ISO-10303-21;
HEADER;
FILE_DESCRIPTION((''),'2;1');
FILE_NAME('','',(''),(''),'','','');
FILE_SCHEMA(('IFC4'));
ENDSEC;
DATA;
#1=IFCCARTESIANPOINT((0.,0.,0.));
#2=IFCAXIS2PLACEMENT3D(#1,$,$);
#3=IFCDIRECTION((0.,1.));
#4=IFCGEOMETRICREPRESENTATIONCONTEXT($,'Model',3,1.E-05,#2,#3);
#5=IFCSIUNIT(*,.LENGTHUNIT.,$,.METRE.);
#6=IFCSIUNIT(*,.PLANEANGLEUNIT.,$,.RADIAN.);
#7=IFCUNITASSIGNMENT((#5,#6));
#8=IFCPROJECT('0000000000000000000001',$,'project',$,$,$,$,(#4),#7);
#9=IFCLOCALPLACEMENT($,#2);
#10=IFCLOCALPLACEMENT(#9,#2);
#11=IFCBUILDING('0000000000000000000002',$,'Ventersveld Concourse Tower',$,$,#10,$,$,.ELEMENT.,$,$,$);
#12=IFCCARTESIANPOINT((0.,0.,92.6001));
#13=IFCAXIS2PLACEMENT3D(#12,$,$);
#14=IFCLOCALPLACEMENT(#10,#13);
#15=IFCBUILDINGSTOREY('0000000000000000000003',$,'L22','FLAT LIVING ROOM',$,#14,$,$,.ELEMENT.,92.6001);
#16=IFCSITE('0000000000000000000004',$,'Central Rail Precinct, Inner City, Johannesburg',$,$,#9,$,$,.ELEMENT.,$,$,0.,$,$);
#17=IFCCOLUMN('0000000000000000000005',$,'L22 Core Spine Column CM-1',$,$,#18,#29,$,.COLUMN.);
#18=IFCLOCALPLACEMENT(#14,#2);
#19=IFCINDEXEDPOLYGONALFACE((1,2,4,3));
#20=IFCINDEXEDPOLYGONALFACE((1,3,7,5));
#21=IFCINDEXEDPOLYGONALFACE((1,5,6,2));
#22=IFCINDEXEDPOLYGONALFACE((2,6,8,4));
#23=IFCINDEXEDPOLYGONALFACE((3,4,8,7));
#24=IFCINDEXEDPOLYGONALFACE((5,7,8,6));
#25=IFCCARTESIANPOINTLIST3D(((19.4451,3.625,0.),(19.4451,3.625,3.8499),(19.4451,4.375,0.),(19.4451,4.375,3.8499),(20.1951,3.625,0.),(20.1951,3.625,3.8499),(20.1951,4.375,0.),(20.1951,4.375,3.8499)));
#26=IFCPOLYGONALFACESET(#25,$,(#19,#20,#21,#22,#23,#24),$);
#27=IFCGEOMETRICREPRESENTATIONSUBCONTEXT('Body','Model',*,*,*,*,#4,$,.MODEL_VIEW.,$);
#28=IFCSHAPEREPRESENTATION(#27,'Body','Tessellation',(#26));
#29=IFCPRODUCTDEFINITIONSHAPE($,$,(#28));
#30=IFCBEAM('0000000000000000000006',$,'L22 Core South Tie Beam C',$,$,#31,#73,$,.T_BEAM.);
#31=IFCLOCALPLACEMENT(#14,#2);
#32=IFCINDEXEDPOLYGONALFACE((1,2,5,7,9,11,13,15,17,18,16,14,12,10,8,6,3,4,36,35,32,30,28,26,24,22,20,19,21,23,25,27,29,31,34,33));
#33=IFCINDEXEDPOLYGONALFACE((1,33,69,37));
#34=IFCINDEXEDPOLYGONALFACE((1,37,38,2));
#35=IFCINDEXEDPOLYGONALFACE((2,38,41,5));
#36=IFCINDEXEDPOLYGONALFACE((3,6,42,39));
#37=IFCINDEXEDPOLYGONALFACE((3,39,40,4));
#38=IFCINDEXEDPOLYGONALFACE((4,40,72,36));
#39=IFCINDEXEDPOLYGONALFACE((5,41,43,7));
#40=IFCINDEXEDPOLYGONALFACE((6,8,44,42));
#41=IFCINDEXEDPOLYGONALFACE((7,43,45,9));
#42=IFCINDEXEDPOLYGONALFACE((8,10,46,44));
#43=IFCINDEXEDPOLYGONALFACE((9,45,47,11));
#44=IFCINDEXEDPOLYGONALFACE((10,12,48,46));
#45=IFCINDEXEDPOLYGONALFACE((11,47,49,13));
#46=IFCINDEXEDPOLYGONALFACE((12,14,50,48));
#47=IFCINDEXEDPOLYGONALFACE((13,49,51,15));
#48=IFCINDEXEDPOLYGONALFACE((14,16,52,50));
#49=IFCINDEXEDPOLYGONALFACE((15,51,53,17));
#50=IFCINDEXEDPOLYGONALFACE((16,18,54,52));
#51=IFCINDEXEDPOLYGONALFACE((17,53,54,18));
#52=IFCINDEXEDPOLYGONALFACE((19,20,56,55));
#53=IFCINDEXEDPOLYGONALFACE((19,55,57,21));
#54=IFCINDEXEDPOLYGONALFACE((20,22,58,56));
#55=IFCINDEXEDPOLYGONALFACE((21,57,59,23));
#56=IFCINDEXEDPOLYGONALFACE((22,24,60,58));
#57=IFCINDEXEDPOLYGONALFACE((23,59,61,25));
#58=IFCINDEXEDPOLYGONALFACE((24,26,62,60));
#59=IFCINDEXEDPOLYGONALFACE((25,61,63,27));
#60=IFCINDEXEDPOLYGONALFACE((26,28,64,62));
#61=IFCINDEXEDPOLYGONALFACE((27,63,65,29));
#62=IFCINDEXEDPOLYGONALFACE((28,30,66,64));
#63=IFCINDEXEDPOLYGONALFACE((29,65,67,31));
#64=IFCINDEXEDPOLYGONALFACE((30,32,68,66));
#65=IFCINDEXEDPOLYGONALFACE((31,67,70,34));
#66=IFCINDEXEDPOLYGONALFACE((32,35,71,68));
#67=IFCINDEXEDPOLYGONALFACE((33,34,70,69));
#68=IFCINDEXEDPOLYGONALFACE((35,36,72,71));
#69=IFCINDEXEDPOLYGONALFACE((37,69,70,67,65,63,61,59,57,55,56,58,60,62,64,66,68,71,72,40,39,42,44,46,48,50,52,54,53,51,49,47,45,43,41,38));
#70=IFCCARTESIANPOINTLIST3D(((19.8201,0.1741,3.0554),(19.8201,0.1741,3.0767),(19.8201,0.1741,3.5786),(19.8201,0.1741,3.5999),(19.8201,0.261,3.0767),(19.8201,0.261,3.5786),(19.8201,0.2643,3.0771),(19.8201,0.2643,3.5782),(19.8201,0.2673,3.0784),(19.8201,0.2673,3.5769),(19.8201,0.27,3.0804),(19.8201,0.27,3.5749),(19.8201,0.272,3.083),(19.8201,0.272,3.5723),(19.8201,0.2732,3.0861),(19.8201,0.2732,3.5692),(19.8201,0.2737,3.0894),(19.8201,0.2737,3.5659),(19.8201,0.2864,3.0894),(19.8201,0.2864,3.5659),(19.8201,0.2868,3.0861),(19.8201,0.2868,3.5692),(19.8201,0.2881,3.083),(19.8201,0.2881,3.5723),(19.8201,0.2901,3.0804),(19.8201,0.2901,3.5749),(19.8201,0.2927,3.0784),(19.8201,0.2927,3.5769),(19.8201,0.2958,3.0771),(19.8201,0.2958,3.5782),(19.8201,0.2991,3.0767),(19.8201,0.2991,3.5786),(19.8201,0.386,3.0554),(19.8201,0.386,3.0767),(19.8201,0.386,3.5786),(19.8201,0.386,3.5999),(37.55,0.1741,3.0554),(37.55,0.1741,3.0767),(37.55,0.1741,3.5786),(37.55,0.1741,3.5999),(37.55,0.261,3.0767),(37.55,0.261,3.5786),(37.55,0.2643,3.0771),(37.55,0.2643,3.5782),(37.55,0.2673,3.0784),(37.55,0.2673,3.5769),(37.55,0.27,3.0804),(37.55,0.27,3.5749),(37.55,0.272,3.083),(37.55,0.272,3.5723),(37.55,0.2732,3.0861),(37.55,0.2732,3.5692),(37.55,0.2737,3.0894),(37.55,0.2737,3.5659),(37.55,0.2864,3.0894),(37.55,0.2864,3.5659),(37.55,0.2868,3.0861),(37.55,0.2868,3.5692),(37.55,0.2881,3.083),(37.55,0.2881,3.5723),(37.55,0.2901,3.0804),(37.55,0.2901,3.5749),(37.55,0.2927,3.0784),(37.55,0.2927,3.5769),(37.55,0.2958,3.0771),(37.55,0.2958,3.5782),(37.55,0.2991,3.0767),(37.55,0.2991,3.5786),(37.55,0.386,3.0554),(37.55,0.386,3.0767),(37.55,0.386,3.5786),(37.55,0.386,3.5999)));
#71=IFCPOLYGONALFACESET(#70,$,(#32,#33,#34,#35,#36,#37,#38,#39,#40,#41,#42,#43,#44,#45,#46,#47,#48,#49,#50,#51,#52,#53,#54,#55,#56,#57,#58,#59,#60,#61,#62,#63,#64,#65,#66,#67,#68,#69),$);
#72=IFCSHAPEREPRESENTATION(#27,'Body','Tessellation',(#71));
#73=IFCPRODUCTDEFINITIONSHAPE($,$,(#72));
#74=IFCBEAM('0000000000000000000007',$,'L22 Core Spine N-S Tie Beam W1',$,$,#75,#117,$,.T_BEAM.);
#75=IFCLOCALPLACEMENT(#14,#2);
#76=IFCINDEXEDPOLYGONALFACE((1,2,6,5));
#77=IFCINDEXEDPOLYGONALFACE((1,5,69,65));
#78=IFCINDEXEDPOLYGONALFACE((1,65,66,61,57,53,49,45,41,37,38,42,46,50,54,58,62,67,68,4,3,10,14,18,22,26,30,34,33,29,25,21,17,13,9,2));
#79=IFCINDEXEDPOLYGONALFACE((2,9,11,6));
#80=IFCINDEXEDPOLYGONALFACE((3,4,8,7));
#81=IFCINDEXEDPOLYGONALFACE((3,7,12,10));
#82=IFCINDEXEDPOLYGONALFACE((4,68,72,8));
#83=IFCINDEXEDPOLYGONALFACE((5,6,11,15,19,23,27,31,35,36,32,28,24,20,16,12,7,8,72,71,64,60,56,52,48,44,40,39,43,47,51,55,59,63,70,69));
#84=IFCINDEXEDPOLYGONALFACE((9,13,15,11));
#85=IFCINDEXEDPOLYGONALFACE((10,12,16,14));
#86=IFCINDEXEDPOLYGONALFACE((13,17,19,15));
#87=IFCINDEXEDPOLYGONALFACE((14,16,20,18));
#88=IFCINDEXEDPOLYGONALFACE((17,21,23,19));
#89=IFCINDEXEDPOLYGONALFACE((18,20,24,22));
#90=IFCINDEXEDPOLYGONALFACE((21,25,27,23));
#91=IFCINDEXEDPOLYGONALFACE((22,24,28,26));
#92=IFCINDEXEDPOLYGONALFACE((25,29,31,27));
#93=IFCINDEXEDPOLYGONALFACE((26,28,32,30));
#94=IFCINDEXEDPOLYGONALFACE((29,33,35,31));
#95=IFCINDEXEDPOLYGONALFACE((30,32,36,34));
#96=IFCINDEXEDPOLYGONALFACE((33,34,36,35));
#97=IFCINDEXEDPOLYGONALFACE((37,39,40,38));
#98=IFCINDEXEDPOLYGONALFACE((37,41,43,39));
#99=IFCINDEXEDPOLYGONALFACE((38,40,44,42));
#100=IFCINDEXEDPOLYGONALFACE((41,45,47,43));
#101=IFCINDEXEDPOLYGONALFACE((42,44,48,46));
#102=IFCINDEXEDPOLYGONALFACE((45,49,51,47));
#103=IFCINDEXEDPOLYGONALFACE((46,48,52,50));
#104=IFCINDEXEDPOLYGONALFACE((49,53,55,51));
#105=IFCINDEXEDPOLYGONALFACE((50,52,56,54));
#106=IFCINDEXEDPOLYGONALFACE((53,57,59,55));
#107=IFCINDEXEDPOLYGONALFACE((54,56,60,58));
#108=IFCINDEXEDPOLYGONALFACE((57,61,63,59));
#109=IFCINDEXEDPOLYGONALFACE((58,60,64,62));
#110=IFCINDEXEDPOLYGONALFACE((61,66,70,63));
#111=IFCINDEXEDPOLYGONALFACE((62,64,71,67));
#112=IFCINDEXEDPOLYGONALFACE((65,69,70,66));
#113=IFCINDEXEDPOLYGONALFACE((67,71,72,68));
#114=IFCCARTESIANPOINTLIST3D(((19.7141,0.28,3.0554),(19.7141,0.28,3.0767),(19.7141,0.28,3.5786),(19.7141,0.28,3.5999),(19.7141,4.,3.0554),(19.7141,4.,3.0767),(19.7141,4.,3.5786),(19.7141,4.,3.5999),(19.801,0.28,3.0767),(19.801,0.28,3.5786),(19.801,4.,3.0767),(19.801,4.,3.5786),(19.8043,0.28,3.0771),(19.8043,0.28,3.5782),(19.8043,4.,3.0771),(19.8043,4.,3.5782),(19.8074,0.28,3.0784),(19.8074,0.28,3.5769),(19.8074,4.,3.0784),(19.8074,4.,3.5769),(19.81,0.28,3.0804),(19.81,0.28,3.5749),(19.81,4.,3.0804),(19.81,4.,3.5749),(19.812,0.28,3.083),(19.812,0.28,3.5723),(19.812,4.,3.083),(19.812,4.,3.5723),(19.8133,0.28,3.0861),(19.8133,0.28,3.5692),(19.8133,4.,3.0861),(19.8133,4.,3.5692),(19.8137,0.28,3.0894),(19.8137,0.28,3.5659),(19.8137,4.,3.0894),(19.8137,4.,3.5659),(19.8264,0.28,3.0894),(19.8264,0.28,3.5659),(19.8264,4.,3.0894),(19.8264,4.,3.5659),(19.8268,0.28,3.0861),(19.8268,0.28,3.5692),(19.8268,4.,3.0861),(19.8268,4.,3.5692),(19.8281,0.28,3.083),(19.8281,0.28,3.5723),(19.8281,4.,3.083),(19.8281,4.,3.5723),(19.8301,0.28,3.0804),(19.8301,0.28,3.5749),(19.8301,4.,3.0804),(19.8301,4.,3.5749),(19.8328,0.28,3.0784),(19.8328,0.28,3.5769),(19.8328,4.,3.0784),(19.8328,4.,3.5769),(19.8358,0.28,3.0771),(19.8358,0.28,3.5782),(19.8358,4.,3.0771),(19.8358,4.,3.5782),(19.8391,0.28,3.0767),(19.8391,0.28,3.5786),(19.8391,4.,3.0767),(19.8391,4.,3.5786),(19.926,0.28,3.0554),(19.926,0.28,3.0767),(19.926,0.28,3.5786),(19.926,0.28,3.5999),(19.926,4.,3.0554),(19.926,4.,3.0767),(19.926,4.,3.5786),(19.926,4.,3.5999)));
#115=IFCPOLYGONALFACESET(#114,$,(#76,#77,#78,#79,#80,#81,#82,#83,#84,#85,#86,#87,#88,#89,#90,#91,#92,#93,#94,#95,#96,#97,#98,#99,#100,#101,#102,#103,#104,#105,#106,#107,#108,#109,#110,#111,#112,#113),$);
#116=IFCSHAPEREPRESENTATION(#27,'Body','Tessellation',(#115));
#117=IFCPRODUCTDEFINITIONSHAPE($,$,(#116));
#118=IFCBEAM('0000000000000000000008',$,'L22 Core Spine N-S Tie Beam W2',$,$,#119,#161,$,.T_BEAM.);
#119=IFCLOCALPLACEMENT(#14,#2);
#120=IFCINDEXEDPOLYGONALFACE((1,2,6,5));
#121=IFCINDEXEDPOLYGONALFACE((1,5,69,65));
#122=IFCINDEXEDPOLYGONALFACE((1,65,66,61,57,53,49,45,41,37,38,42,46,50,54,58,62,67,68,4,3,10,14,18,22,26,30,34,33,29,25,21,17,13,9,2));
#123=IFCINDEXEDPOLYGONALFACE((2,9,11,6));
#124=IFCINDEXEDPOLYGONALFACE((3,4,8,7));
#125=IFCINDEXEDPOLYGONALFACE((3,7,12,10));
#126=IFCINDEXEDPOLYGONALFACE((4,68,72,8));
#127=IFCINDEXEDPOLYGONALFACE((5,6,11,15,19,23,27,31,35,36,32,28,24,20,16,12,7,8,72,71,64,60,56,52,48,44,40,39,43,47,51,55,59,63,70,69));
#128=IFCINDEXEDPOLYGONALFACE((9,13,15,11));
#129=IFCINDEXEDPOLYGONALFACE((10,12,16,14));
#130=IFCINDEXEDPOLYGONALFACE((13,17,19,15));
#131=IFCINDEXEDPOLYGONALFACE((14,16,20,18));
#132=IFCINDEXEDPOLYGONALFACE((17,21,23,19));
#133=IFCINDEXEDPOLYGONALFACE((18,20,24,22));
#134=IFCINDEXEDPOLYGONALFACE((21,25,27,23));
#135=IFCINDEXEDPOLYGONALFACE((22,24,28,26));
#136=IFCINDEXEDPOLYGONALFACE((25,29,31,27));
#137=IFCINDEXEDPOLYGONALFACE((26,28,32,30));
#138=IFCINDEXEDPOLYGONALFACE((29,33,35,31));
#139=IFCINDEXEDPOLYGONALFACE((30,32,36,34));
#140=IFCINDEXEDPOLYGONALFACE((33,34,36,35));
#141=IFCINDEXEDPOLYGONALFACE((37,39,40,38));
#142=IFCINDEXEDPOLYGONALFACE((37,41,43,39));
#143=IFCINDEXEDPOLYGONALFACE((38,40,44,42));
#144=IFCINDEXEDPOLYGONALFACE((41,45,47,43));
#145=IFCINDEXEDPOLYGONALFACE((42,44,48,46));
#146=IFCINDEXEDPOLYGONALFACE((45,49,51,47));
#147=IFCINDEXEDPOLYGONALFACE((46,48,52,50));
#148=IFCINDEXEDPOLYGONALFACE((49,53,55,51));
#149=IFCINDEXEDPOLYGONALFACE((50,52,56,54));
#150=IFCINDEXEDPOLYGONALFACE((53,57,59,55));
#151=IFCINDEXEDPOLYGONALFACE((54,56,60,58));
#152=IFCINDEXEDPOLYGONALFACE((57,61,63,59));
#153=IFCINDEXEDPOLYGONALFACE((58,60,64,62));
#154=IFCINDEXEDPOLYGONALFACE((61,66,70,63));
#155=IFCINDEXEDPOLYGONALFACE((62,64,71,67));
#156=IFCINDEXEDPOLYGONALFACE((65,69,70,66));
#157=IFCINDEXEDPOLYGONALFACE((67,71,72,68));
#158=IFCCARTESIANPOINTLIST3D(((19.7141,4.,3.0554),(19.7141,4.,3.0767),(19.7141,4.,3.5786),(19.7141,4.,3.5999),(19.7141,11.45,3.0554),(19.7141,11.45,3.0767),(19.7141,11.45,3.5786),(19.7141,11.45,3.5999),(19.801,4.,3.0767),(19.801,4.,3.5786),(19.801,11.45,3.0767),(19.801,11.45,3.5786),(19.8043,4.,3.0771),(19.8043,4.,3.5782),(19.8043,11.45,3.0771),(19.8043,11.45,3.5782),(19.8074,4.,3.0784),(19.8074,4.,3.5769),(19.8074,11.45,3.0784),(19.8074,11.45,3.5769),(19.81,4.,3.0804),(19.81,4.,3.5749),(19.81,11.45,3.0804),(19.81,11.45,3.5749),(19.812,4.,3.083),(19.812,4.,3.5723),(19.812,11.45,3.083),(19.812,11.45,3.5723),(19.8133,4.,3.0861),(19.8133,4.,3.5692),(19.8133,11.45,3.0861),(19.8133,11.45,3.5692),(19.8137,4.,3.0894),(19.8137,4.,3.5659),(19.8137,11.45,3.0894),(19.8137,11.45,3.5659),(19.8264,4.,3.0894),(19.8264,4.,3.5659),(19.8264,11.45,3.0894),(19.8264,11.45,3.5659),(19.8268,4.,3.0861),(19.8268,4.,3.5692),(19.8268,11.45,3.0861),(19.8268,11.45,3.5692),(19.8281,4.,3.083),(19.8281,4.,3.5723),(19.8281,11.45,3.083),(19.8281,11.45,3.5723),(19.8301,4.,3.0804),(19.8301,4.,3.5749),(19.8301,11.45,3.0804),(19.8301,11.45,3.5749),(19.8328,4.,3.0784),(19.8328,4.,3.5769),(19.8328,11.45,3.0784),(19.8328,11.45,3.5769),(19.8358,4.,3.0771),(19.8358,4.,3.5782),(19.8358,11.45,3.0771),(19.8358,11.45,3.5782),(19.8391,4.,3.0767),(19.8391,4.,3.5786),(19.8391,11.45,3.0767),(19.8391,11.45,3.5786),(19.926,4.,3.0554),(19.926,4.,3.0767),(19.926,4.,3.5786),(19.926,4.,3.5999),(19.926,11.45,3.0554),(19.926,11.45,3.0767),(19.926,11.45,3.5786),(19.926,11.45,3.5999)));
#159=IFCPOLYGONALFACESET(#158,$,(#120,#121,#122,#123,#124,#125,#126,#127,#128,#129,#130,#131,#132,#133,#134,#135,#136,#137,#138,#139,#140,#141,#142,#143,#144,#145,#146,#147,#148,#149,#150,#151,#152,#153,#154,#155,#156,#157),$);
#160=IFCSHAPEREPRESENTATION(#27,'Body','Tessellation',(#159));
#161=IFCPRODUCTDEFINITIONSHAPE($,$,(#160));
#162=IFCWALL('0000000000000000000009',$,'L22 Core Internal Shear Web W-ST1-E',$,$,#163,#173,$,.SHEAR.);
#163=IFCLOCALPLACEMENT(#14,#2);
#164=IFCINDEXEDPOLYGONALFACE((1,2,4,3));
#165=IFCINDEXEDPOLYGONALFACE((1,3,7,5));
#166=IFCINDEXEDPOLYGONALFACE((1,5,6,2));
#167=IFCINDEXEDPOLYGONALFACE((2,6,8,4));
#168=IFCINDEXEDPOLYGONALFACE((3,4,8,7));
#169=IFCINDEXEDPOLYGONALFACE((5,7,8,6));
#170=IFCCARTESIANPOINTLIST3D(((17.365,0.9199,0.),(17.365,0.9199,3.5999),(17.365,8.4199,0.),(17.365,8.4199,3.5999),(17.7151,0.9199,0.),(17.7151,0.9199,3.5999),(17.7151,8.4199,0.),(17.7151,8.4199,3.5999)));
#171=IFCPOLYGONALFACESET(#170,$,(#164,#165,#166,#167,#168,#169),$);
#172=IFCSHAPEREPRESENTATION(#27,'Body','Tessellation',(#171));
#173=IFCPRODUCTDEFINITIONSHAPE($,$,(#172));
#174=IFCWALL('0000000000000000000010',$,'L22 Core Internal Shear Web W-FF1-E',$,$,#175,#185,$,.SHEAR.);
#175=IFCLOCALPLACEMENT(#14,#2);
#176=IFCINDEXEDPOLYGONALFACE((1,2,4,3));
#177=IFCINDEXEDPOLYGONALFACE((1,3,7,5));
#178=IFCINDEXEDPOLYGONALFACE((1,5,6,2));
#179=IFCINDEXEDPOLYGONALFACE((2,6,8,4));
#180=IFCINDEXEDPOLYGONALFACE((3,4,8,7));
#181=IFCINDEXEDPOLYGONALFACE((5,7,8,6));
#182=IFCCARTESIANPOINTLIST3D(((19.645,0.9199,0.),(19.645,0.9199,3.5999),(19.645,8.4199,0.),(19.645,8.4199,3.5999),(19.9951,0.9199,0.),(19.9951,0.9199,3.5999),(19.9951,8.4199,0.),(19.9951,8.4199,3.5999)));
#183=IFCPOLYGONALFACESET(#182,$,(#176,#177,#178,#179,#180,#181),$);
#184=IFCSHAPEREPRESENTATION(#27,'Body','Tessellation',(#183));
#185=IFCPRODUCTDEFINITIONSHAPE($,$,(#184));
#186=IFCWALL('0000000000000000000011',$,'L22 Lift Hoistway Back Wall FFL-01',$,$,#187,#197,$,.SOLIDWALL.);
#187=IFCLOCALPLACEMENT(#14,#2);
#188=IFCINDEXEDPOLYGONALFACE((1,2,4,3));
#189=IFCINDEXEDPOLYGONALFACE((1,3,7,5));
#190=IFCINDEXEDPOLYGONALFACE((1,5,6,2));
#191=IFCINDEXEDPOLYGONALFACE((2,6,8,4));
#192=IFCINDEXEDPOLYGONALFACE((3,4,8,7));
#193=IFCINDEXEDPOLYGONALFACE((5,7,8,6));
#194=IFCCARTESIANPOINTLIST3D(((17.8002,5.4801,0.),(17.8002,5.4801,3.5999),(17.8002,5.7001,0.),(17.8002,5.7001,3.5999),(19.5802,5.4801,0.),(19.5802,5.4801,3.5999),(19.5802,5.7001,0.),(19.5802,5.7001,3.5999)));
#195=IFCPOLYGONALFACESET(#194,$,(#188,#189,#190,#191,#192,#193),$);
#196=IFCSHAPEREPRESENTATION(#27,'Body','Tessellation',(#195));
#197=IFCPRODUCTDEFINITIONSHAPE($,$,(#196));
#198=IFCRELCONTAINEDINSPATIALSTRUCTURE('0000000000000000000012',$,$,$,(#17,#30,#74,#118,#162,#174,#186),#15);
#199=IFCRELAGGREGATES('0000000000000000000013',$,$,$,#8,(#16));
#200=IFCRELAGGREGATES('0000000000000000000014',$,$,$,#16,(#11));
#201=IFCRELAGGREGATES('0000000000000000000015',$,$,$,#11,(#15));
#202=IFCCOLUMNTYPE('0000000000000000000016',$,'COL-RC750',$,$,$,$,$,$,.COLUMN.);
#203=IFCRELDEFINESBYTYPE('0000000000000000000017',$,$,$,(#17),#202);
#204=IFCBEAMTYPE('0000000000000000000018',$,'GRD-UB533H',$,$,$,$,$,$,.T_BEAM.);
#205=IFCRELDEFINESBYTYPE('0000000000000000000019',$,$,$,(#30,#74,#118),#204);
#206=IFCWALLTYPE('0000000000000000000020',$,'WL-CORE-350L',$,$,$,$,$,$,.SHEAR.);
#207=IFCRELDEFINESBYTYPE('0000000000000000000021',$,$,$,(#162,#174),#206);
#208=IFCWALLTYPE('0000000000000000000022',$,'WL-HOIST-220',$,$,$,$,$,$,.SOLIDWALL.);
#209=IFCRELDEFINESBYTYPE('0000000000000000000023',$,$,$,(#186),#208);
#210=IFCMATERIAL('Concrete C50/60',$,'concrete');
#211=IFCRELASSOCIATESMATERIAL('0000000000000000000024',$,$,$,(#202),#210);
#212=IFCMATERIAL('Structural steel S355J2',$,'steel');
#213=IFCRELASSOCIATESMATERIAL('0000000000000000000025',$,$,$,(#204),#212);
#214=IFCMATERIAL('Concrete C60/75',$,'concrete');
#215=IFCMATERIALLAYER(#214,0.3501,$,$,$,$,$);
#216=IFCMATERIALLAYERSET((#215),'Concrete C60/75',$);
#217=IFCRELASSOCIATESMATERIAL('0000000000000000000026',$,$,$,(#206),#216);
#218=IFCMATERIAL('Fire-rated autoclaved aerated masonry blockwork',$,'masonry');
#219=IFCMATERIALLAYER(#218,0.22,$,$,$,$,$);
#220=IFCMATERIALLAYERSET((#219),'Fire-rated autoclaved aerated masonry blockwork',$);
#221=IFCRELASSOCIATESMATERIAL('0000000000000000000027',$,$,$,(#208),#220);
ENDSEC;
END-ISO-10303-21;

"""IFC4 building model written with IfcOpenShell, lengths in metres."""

from ifc_helpers import new_model, si_unit, direction, frame, frame_2d, origin, origin_2d, place, context, subcontext, project, spatial, rectangle, i_section, extrude, material, layer, layer_set, material_profile, profile_set, type_object, element, save


model = new_model("IFC4")

# Units and contexts
model_context = context("Model", 3, precision=1e-05, world=origin(), true_north=direction((0.0, 1.0)))
body_context = subcontext(model_context, "Body", "Model", "MODEL_VIEW")
ifc_project = project(units=[si_unit("LENGTHUNIT", "METRE"), si_unit("PLANEANGLEUNIT", "RADIAN")], contexts=[model_context])

# Site, building, storey
site_placement = place(None, origin())
site = spatial("IfcSite", under=ifc_project, at=site_placement, Name="Central Rail Precinct, Inner City, Johannesburg", CompositionType="ELEMENT", RefElevation=0.0)
building_placement = place(site_placement, origin())
building = spatial("IfcBuilding", under=site, at=building_placement, Name="Ventersveld Concourse Tower", CompositionType="ELEMENT")
storey_placement = place(building_placement, frame((0.0, 0.0, 92.6001)))
storey = spatial("IfcBuildingStorey", under=building, at=storey_placement, Name="L22", Description="FLAT LIVING ROOM", CompositionType="ELEMENT", Elevation=92.6001)

# Column
ifc_material_1 = material(Name="Concrete C50/60", Category="concrete")
ifc_material_profile_1 = material_profile(ifc_material_1, rectangle(XDim=0.75, YDim=0.75, at=origin_2d()), Name="RC 750x750")
ifc_profile_set_1 = profile_set([ifc_material_profile_1], Name="Concrete C50/60")
column_type = type_object("IfcColumnType", Name="COL-RC750", PredefinedType="COLUMN", material=ifc_profile_set_1)
column_placement = place(storey_placement, frame((19.8201, 4.0, 0.0), z_axis=(0.0, 0.0, 1.0), x_axis=(1.0, 0.0, 0.0)))
element("IfcColumn", 1, at=column_placement, inside=storey, type_object=column_type, Name="L22 Core Spine Column CM-1", PredefinedType="COLUMN", context=body_context, shape_type="SweptSolid", body=[
    extrude(rectangle(XDim=0.75, YDim=0.75, at=origin_2d()), origin(), (0.0, 0.0, 1.0), 3.8499),
])

# Beams
ifc_material_2 = material(Name="Structural steel S355J2", Category="steel")
ifc_material_profile_2 = material_profile(ifc_material_2, i_section(OverallWidth=0.2119, OverallDepth=0.5444, WebThickness=0.0127, FlangeThickness=0.0212, FilletRadius=0.0127, at=origin_2d()), Name="UB 533x210x122")
ifc_profile_set_2 = profile_set([ifc_material_profile_2], Name="Structural steel S355J2")
beam_type = type_object("IfcBeamType", Name="GRD-UB533H", PredefinedType="T_BEAM", material=ifc_profile_set_2)
beam_1_placement = place(storey_placement, frame((19.8201, 0.28, 3.3276), z_axis=(1.0, 0.0, 0.0), x_axis=(0.0, 1.0, 0.0)))
element("IfcBeam", 2, at=beam_1_placement, inside=storey, type_object=beam_type, Name="L22 Core South Tie Beam C", PredefinedType="T_BEAM", context=body_context, shape_type="SweptSolid", body=[
    extrude(i_section(OverallWidth=0.2119, OverallDepth=0.5444, WebThickness=0.0127, FlangeThickness=0.0212, FilletRadius=0.0127, at=origin_2d()), origin(), (0.0, 0.0, 1.0), 17.73),
])
beam_2_placement = place(storey_placement, frame((19.8201, 0.28, 3.3276), z_axis=(0.0, 1.0, 0.0), x_axis=(-1.0, 0.0, 0.0)))
element("IfcBeam", 3, at=beam_2_placement, inside=storey, type_object=beam_type, Name="L22 Core Spine N-S Tie Beam W1", PredefinedType="T_BEAM", context=body_context, shape_type="SweptSolid", body=[
    extrude(i_section(OverallWidth=0.2119, OverallDepth=0.5444, WebThickness=0.0127, FlangeThickness=0.0212, FilletRadius=0.0127, at=origin_2d()), origin(), (0.0, 0.0, 1.0), 3.72),
])
beam_3_placement = place(storey_placement, frame((19.8201, 4.0, 3.3276), z_axis=(0.0, 1.0, 0.0), x_axis=(-1.0, 0.0, 0.0)))
element("IfcBeam", 4, at=beam_3_placement, inside=storey, type_object=beam_type, Name="L22 Core Spine N-S Tie Beam W2", PredefinedType="T_BEAM", context=body_context, shape_type="SweptSolid", body=[
    extrude(i_section(OverallWidth=0.2119, OverallDepth=0.5444, WebThickness=0.0127, FlangeThickness=0.0212, FilletRadius=0.0127, at=origin_2d()), origin(), (0.0, 0.0, 1.0), 7.45),
])

# Walls
ifc_material_3 = material(Name="Concrete C60/75", Category="concrete")
ifc_layer_1 = layer(ifc_material_3, 0.3501)
ifc_layer_set_1 = layer_set([ifc_layer_1], Name="Concrete C60/75")
wall_type_1 = type_object("IfcWallType", Name="WL-CORE-350L", PredefinedType="SHEAR", material=ifc_layer_set_1)
for number, where, z_axis, x_axis, name in (
    (5, (17.54, 0.9199, 0.0), (0.0, 0.0, 1.0), (0.0, 1.0, 0.0), "L22 Core Internal Shear Web W-ST1-E"),
    (6, (19.8201, 0.9199, 0.0), (0.0, 0.0, 1.0), (0.0, 1.0, 0.0), "L22 Core Internal Shear Web W-FF1-E"),
):
    element("IfcWall", number, at=place(storey_placement, frame(where, z_axis=z_axis, x_axis=x_axis)), inside=storey, type_object=wall_type_1, Name=name, PredefinedType="SHEAR", context=body_context, shape_type="SweptSolid", body=[
        extrude(rectangle(XDim=7.5, YDim=0.3501, at=frame_2d((3.75, 0.0))), origin(), (0.0, 0.0, 1.0), 3.5999),
    ])
ifc_material_4 = material(Name="Fire-rated autoclaved aerated masonry blockwork", Category="masonry")
ifc_layer_2 = layer(ifc_material_4, 0.22)
ifc_layer_set_2 = layer_set([ifc_layer_2], Name="Fire-rated autoclaved aerated masonry blockwork")
wall_type_2 = type_object("IfcWallType", Name="WL-HOIST-220", PredefinedType="SOLIDWALL", material=ifc_layer_set_2)
wall_1_placement = place(storey_placement, frame((17.8, 5.5901, 0.0), z_axis=(0.0, 0.0, 1.0), x_axis=(1.0, 0.0, 0.0)))
element("IfcWall", 7, at=wall_1_placement, inside=storey, type_object=wall_type_2, Name="L22 Lift Hoistway Back Wall FFL-01", PredefinedType="SOLIDWALL", context=body_context, shape_type="SweptSolid", body=[
    extrude(rectangle(XDim=1.78, YDim=0.22, at=frame_2d((0.8901, 0.0))), origin(), (0.0, 0.0, 1.0), 3.5999),
])

save(model, "model.ifc")
